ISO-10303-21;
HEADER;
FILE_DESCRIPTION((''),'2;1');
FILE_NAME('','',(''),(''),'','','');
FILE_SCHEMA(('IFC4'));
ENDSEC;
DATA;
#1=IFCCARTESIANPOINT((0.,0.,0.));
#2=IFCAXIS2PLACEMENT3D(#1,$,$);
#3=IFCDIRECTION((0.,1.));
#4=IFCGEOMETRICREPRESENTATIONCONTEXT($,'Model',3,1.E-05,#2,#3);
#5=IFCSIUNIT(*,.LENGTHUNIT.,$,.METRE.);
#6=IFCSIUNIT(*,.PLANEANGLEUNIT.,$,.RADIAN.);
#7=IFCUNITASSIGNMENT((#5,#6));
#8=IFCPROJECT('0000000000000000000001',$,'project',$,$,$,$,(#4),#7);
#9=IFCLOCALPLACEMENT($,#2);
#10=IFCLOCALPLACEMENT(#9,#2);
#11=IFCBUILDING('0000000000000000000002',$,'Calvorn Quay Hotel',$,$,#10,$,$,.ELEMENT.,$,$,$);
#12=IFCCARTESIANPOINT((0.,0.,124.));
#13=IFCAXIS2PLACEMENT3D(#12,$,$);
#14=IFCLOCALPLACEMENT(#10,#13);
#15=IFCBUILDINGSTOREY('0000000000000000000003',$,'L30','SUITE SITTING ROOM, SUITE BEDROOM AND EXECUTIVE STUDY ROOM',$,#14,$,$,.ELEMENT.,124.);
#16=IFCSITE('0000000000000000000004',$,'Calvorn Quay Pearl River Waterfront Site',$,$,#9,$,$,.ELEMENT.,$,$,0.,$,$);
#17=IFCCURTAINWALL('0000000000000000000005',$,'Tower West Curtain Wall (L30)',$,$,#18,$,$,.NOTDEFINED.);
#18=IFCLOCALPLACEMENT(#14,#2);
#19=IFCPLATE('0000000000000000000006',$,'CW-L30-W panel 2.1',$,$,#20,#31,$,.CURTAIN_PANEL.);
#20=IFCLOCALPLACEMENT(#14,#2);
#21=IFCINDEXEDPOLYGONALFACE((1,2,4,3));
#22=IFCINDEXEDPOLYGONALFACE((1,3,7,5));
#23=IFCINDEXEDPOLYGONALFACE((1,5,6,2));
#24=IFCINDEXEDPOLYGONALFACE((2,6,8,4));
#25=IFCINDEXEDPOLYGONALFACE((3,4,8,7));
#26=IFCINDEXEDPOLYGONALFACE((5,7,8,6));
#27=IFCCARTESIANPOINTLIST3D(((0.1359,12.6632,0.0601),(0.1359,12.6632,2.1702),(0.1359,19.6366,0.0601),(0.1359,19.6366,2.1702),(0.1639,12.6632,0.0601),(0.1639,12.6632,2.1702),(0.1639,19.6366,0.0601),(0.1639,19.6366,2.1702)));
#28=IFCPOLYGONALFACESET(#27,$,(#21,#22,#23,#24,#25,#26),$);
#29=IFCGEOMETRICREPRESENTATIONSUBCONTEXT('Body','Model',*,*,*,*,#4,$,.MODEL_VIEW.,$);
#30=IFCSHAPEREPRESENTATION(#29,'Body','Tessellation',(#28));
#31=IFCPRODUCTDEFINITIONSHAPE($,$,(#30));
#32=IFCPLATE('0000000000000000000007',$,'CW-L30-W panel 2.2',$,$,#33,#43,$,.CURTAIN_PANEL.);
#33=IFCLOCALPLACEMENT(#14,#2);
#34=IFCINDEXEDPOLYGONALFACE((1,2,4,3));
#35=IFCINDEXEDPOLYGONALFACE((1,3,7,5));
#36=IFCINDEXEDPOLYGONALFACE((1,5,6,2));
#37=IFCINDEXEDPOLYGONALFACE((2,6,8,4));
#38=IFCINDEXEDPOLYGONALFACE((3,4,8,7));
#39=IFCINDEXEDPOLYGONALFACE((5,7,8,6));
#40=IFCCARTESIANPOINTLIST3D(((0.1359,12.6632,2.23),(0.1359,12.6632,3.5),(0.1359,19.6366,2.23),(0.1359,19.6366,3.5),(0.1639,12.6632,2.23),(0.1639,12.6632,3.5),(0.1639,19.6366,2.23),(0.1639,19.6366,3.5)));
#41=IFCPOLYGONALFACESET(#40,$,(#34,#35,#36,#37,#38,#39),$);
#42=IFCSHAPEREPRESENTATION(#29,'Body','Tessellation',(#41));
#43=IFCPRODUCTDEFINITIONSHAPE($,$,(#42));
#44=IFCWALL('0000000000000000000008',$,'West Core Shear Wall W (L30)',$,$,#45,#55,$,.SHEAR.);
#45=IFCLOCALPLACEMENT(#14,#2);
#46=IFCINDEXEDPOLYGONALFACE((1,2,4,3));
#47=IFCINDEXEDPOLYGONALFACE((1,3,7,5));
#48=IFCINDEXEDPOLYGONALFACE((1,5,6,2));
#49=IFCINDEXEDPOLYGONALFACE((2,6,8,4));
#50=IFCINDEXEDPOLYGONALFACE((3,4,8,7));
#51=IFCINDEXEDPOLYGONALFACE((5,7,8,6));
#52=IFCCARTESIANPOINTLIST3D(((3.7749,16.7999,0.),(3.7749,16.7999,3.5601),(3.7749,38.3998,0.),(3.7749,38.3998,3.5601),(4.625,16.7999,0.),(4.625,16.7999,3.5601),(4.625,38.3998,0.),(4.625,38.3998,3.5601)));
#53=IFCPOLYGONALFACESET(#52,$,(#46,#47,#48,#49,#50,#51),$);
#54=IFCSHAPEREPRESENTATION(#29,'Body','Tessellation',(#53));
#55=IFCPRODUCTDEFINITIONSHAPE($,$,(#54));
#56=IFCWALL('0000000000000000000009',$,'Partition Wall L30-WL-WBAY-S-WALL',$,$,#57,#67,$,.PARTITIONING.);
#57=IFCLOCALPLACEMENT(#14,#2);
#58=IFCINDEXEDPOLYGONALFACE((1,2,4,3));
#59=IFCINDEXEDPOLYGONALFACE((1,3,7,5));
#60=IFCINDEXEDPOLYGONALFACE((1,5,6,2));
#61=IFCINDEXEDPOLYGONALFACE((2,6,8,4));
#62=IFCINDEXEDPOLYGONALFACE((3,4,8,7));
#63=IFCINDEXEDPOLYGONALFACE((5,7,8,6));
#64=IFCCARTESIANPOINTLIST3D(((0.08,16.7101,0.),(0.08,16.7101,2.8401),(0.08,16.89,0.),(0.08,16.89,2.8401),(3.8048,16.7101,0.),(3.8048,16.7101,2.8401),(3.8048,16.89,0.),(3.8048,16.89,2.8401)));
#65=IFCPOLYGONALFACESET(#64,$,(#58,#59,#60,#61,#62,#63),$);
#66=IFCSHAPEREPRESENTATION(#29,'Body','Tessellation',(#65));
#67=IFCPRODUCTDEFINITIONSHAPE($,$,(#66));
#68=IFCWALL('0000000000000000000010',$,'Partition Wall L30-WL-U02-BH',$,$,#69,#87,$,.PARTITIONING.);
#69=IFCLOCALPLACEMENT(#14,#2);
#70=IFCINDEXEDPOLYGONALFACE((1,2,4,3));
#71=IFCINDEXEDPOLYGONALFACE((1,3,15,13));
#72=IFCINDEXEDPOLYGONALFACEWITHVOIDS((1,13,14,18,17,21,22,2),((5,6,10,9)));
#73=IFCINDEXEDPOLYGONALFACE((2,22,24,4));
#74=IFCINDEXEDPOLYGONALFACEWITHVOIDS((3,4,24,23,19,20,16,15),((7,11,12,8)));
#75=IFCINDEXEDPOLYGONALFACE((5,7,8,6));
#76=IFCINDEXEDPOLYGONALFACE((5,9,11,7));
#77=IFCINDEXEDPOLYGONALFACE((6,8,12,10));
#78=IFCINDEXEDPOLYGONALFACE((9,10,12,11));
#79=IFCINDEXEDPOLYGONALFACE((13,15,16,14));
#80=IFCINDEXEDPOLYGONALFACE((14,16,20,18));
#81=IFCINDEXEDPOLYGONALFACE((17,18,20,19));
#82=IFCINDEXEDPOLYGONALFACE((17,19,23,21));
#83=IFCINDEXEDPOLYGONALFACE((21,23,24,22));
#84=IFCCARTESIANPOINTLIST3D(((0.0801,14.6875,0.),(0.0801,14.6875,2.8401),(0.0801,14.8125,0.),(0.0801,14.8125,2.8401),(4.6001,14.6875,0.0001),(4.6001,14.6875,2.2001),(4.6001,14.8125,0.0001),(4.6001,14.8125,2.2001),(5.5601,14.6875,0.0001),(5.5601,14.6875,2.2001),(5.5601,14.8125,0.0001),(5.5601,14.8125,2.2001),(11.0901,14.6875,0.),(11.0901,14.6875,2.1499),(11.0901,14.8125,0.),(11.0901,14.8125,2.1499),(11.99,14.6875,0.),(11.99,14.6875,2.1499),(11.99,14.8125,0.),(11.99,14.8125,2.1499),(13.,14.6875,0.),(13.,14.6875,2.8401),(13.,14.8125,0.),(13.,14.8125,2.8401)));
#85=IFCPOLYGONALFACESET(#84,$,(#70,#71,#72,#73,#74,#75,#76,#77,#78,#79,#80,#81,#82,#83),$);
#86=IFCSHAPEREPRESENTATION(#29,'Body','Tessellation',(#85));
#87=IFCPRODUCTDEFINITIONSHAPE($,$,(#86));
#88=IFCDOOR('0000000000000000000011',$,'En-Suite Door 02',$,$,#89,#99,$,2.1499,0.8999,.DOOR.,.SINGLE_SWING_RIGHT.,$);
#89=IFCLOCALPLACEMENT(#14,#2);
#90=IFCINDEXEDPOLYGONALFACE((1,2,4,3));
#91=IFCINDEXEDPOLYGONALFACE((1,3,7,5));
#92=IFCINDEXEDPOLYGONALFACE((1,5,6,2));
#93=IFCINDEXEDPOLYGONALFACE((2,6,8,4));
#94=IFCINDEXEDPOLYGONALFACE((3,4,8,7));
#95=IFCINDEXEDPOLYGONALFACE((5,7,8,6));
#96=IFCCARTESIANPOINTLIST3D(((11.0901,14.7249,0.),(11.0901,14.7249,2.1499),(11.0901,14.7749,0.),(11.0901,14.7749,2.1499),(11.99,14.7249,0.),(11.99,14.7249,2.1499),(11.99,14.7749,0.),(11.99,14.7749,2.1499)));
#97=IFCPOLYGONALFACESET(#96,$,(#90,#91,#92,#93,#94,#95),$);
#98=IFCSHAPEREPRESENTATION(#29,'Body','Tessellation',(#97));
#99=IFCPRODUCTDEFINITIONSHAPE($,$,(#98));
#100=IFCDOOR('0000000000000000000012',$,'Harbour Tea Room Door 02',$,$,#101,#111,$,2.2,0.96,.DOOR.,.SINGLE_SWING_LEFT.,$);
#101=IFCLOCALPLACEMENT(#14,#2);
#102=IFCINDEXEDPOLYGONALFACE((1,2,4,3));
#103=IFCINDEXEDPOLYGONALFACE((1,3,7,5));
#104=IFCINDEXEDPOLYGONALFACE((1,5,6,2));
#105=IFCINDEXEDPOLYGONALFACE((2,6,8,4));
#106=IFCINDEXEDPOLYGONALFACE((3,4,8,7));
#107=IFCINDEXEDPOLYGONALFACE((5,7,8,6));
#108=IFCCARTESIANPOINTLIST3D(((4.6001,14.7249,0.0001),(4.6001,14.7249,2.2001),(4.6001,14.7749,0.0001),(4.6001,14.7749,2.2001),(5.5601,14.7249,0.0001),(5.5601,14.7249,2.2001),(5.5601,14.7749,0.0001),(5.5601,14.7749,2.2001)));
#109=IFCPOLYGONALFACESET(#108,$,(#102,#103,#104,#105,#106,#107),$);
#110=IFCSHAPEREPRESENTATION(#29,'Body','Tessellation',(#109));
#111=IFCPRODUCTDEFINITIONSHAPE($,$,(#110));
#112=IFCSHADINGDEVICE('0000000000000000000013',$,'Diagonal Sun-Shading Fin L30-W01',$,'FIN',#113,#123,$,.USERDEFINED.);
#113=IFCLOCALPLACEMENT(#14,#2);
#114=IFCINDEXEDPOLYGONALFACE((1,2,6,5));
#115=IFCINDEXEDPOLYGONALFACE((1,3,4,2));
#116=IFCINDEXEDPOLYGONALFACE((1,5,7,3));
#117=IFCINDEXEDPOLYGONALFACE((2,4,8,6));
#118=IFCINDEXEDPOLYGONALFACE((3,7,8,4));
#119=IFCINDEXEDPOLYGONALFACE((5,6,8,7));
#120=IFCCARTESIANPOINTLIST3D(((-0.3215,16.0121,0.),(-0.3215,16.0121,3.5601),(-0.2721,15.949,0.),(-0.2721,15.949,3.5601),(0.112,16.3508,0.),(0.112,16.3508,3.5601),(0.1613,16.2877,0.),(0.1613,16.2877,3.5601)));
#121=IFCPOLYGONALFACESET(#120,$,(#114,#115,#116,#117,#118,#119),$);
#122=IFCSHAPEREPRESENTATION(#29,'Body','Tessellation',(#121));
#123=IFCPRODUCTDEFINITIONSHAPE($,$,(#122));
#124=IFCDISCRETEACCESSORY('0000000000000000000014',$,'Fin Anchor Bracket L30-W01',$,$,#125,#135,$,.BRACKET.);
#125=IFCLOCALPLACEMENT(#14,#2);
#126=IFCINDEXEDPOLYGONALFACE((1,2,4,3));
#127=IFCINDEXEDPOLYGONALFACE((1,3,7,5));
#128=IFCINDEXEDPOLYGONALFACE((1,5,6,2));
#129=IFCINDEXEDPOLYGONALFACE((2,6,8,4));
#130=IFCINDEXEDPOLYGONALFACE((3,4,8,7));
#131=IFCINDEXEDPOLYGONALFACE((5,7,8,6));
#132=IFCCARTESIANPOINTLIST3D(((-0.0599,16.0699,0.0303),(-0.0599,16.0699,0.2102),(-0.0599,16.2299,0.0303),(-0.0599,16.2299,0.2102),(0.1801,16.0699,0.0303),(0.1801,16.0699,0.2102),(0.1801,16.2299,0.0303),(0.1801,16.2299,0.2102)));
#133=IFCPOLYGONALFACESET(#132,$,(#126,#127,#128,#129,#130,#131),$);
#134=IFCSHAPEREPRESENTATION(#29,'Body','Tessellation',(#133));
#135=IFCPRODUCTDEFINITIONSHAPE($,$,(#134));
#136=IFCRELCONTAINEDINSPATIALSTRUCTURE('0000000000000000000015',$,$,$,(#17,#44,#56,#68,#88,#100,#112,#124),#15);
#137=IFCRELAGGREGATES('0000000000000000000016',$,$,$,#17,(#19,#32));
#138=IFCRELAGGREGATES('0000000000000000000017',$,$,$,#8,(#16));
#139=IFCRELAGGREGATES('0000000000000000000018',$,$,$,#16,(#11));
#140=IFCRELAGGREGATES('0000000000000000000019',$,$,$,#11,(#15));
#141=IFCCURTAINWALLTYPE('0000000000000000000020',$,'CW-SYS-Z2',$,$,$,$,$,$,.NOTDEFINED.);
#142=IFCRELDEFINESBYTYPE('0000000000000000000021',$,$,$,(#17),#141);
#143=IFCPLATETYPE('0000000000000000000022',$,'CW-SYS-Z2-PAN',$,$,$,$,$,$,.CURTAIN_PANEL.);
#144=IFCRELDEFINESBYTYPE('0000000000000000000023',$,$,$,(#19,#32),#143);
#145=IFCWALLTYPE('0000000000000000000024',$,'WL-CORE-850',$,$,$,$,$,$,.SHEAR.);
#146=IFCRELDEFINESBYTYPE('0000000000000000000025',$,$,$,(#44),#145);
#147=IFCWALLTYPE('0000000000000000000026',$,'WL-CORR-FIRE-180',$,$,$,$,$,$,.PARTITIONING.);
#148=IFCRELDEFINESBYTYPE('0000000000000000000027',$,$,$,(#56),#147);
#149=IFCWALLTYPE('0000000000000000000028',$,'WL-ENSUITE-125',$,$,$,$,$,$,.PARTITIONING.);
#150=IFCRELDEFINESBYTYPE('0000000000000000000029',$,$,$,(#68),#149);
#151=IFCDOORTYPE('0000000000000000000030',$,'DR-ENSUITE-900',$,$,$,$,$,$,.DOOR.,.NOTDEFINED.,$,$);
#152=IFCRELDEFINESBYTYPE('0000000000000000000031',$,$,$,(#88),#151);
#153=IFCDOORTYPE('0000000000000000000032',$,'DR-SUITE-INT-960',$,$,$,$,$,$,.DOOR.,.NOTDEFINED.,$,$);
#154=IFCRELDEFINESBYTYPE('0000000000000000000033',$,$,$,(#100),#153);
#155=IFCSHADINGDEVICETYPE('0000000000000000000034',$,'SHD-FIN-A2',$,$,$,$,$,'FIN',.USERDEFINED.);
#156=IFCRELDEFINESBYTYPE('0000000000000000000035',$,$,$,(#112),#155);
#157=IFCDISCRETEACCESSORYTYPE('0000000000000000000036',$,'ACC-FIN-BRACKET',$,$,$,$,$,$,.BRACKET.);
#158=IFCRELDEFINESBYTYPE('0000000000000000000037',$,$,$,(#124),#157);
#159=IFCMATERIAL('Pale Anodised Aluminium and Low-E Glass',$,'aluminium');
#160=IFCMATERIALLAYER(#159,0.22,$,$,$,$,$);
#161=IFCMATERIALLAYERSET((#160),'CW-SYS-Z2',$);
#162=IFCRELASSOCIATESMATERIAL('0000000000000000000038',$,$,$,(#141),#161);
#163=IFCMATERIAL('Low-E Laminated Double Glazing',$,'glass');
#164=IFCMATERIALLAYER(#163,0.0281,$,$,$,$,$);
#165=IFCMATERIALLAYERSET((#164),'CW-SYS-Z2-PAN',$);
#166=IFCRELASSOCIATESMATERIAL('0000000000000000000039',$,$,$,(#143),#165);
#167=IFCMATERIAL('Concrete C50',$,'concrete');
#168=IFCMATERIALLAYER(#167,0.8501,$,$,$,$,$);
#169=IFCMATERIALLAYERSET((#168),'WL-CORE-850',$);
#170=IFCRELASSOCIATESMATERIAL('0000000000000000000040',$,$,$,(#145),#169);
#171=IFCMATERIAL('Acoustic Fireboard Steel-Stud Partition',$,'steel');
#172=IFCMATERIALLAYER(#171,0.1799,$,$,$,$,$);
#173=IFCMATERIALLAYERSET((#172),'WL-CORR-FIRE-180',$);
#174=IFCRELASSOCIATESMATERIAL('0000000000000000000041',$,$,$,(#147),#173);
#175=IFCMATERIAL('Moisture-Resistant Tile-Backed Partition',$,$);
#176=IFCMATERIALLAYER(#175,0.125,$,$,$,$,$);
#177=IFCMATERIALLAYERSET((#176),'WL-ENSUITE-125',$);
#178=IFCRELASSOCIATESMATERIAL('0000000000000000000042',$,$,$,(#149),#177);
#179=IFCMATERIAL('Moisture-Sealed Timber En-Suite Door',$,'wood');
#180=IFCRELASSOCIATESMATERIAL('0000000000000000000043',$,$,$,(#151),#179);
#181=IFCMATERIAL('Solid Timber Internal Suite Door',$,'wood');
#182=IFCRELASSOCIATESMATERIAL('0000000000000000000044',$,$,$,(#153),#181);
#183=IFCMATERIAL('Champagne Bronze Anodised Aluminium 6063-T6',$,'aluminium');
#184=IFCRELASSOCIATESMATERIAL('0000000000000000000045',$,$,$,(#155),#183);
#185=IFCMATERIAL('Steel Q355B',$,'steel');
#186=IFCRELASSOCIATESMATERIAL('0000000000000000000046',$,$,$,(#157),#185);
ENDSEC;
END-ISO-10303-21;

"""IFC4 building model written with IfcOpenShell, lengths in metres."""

from ifc_helpers import new_model, si_unit, direction, frame, frame_2d, origin, origin_2d, place, context, subcontext, project, spatial, rectangle, extrude, material, layer, layer_set, type_object, element, fill, aggregate, save


model = new_model("IFC4")

# Units and contexts
model_context = context("Model", 3, precision=1e-05, world=origin(), true_north=direction((0.0, 1.0)))
body_context = subcontext(model_context, "Body", "Model", "MODEL_VIEW")
ifc_project = project(units=[si_unit("LENGTHUNIT", "METRE"), si_unit("PLANEANGLEUNIT", "RADIAN")], contexts=[model_context])

# Site, building, storey
site_placement = place(None, origin())
site = spatial("IfcSite", under=ifc_project, at=site_placement, Name="Calvorn Quay Pearl River Waterfront Site", CompositionType="ELEMENT", RefElevation=0.0)
building_placement = place(site_placement, origin())
building = spatial("IfcBuilding", under=site, at=building_placement, Name="Calvorn Quay Hotel", CompositionType="ELEMENT")
storey_placement = place(building_placement, frame((0.0, 0.0, 124.0)))
storey = spatial("IfcBuildingStorey", under=building, at=storey_placement, Name="L30", Description="SUITE SITTING ROOM, SUITE BEDROOM AND EXECUTIVE STUDY ROOM", CompositionType="ELEMENT", Elevation=124.0)

# Curtain wall, plates
ifc_material_1 = material(Name="Pale Anodised Aluminium and Low-E Glass", Category="aluminium")
ifc_layer_1 = layer(ifc_material_1, 0.22)
ifc_layer_set_1 = layer_set([ifc_layer_1], Name="CW-SYS-Z2")
curtain_wall_type = type_object("IfcCurtainWallType", Name="CW-SYS-Z2", PredefinedType="NOTDEFINED", material=ifc_layer_set_1)
curtain_wall_placement = place(storey_placement, origin())
curtain_wall = element("IfcCurtainWall", 1, at=curtain_wall_placement, inside=storey, type_object=curtain_wall_type, Name="Tower West Curtain Wall (L30)", PredefinedType="NOTDEFINED")
ifc_material_2 = material(Name="Low-E Laminated Double Glazing", Category="glass")
ifc_layer_2 = layer(ifc_material_2, 0.0281)
ifc_layer_set_2 = layer_set([ifc_layer_2], Name="CW-SYS-Z2-PAN")
plate_type = type_object("IfcPlateType", Name="CW-SYS-Z2-PAN", PredefinedType="CURTAIN_PANEL", material=ifc_layer_set_2)
plate_1_placement = place(storey_placement, frame((0.1499, 16.1499, 0.0601), z_axis=(0.0, 0.0, 1.0), x_axis=(0.0, 1.0, 0.0)))
plate_1 = element("IfcPlate", 2, at=plate_1_placement, type_object=plate_type, Name="CW-L30-W panel 2.1", PredefinedType="CURTAIN_PANEL", context=body_context, shape_type="SweptSolid", body=[
    extrude(rectangle(XDim=6.9734, YDim=0.0281, at=origin_2d()), origin(), (0.0, 0.0, 1.0), 2.1101),
])
plate_2_placement = place(storey_placement, frame((0.1499, 16.1499, 2.23), z_axis=(0.0, 0.0, 1.0), x_axis=(0.0, 1.0, 0.0)))
plate_2 = element("IfcPlate", 3, at=plate_2_placement, type_object=plate_type, Name="CW-L30-W panel 2.2", PredefinedType="CURTAIN_PANEL", context=body_context, shape_type="SweptSolid", body=[
    extrude(rectangle(XDim=6.9734, YDim=0.0281, at=origin_2d()), origin(), (0.0, 0.0, 1.0), 1.27),
])
aggregate(curtain_wall, [plate_1, plate_2])

# Walls
ifc_material_3 = material(Name="Concrete C50", Category="concrete")
ifc_layer_3 = layer(ifc_material_3, 0.8501)
ifc_layer_set_3 = layer_set([ifc_layer_3], Name="WL-CORE-850")
wall_type_1 = type_object("IfcWallType", Name="WL-CORE-850", PredefinedType="SHEAR", material=ifc_layer_set_3)
wall_1_placement = place(storey_placement, frame((4.2, 16.8, 0.0), z_axis=(0.0, 0.0, 1.0), x_axis=(0.0, 1.0, 0.0)))
element("IfcWall", 4, at=wall_1_placement, inside=storey, type_object=wall_type_1, Name="West Core Shear Wall W (L30)", PredefinedType="SHEAR", context=body_context, shape_type="SweptSolid", body=[
    extrude(rectangle(XDim=21.5999, YDim=0.8501, at=frame_2d((10.7998, 0.0))), origin(), (0.0, 0.0, 1.0), 3.5601),
])
ifc_material_4 = material(Name="Acoustic Fireboard Steel-Stud Partition", Category="steel")
ifc_layer_4 = layer(ifc_material_4, 0.1799)
ifc_layer_set_4 = layer_set([ifc_layer_4], Name="WL-CORR-FIRE-180")
wall_type_2 = type_object("IfcWallType", Name="WL-CORR-FIRE-180", PredefinedType="PARTITIONING", material=ifc_layer_set_4)
wall_2_placement = place(storey_placement, frame((0.0801, 16.8, 0.0), z_axis=(0.0, 0.0, 1.0), x_axis=(1.0, 0.0, 0.0)))
element("IfcWall", 5, at=wall_2_placement, inside=storey, type_object=wall_type_2, Name="Partition Wall L30-WL-WBAY-S-WALL", PredefinedType="PARTITIONING", context=body_context, shape_type="SweptSolid", body=[
    extrude(rectangle(XDim=3.7249, YDim=0.1799, at=frame_2d((1.8623, 0.0))), origin(), (0.0, 0.0, 1.0), 2.8401),
])

# Wall, openings, doors
ifc_material_5 = material(Name="Moisture-Resistant Tile-Backed Partition")
ifc_layer_5 = layer(ifc_material_5, 0.125)
ifc_layer_set_5 = layer_set([ifc_layer_5], Name="WL-ENSUITE-125")
wall_type_3 = type_object("IfcWallType", Name="WL-ENSUITE-125", PredefinedType="PARTITIONING", material=ifc_layer_set_5)
wall_3_placement = place(storey_placement, frame((0.0801, 14.75, 0.0), z_axis=(0.0, 0.0, 1.0), x_axis=(1.0, 0.0, 0.0)))
wall_3 = element("IfcWall", 6, at=wall_3_placement, inside=storey, type_object=wall_type_3, Name="Partition Wall L30-WL-U02-BH", PredefinedType="PARTITIONING", context=body_context, shape_type="SweptSolid", body=[
    extrude(rectangle(XDim=12.9199, YDim=0.125, at=frame_2d((6.46, 0.0))), origin(), (0.0, 0.0, 1.0), 2.8401),
])
opening_1_placement = place(wall_3_placement, frame((4.52, 0.0, 0.0)))
opening_1 = element("IfcOpeningElement", 7, at=opening_1_placement, cuts=wall_3, PredefinedType="OPENING", context=body_context, shape_type="SweptSolid", body=[
    extrude(rectangle(XDim=0.96, YDim=2.2, at=frame_2d((0.48, 1.1001))), frame((0.0, 0.0725, 0.0), z_axis=(0.0, -1.0, 0.0), x_axis=(1.0, 0.0, 0.0)), (0.0, 0.0, 1.0), 0.145),
])
opening_2_placement = place(wall_3_placement, frame((11.01, 0.0, 0.0)))
opening_2 = element("IfcOpeningElement", 8, at=opening_2_placement, cuts=wall_3, PredefinedType="OPENING", context=body_context, shape_type="SweptSolid", body=[
    extrude(rectangle(XDim=0.8999, YDim=2.1499, at=frame_2d((0.45, 1.075))), frame((0.0, 0.0725, 0.0), z_axis=(0.0, -1.0, 0.0), x_axis=(1.0, 0.0, 0.0)), (0.0, 0.0, 1.0), 0.145),
])
ifc_material_6 = material(Name="Moisture-Sealed Timber En-Suite Door", Category="wood")
door_type_1 = type_object("IfcDoorType", Name="DR-ENSUITE-900", OperationType="NOTDEFINED", PredefinedType="DOOR", material=ifc_material_6)
door_1_placement = place(opening_2_placement, origin())
door_1 = element("IfcDoor", 9, at=door_1_placement, inside=storey, type_object=door_type_1, Name="En-Suite Door 02", OperationType="SINGLE_SWING_RIGHT", OverallHeight=2.1499, OverallWidth=0.8999, PredefinedType="DOOR", context=body_context, shape_type="SweptSolid", body=[
    extrude(rectangle(XDim=0.8999, YDim=2.1499, at=frame_2d((0.45, 1.075))), frame((0.0, 0.0249, 0.0), z_axis=(0.0, -1.0, 0.0), x_axis=(1.0, 0.0, 0.0)), (0.0, 0.0, 1.0), 0.05),
])
fill(opening_2, door_1)
ifc_material_7 = material(Name="Solid Timber Internal Suite Door", Category="wood")
door_type_2 = type_object("IfcDoorType", Name="DR-SUITE-INT-960", OperationType="NOTDEFINED", PredefinedType="DOOR", material=ifc_material_7)
door_2_placement = place(opening_1_placement, origin())
door_2 = element("IfcDoor", 10, at=door_2_placement, inside=storey, type_object=door_type_2, Name="Harbour Tea Room Door 02", OperationType="SINGLE_SWING_LEFT", OverallHeight=2.2, OverallWidth=0.96, PredefinedType="DOOR", context=body_context, shape_type="SweptSolid", body=[
    extrude(rectangle(XDim=0.96, YDim=2.2, at=frame_2d((0.48, 1.1001))), frame((0.0, 0.0249, 0.0), z_axis=(0.0, -1.0, 0.0), x_axis=(1.0, 0.0, 0.0)), (0.0, 0.0, 1.0), 0.05),
])
fill(opening_1, door_2)

# Shading device
ifc_material_8 = material(Name="Champagne Bronze Anodised Aluminium 6063-T6", Category="aluminium")
shading_device_type = type_object("IfcShadingDeviceType", Name="SHD-FIN-A2", ElementType="FIN", PredefinedType="USERDEFINED", material=ifc_material_8)
shading_device_placement = place(storey_placement, frame((-0.0801, 16.1499, 0.0), z_axis=(0.0, 0.0, 1.0), x_axis=(0.788011, 0.615661, 0.0)))
element("IfcShadingDevice", 11, at=shading_device_placement, inside=storey, type_object=shading_device_type, Name="Diagonal Sun-Shading Fin L30-W01", ObjectType="FIN", PredefinedType="USERDEFINED", context=body_context, shape_type="SweptSolid", body=[
    extrude(rectangle(XDim=0.55, YDim=0.0801, at=origin_2d()), origin(), (0.0, 0.0, 1.0), 3.5601),
])

# Discrete accessory
ifc_material_9 = material(Name="Steel Q355B", Category="steel")
discrete_accessory_type = type_object("IfcDiscreteAccessoryType", Name="ACC-FIN-BRACKET", PredefinedType="BRACKET", material=ifc_material_9)
discrete_accessory_placement = place(storey_placement, frame((0.0601, 16.1499, 0.0303), z_axis=(0.0, 0.0, 1.0), x_axis=(1.0, 0.0, 0.0)))
element("IfcDiscreteAccessory", 12, at=discrete_accessory_placement, inside=storey, type_object=discrete_accessory_type, Name="Fin Anchor Bracket L30-W01", PredefinedType="BRACKET", context=body_context, shape_type="SweptSolid", body=[
    extrude(rectangle(XDim=0.24, YDim=0.1599, at=origin_2d()), origin(), (0.0, 0.0, 1.0), 0.1799),
])

save(model, "model.ifc")
